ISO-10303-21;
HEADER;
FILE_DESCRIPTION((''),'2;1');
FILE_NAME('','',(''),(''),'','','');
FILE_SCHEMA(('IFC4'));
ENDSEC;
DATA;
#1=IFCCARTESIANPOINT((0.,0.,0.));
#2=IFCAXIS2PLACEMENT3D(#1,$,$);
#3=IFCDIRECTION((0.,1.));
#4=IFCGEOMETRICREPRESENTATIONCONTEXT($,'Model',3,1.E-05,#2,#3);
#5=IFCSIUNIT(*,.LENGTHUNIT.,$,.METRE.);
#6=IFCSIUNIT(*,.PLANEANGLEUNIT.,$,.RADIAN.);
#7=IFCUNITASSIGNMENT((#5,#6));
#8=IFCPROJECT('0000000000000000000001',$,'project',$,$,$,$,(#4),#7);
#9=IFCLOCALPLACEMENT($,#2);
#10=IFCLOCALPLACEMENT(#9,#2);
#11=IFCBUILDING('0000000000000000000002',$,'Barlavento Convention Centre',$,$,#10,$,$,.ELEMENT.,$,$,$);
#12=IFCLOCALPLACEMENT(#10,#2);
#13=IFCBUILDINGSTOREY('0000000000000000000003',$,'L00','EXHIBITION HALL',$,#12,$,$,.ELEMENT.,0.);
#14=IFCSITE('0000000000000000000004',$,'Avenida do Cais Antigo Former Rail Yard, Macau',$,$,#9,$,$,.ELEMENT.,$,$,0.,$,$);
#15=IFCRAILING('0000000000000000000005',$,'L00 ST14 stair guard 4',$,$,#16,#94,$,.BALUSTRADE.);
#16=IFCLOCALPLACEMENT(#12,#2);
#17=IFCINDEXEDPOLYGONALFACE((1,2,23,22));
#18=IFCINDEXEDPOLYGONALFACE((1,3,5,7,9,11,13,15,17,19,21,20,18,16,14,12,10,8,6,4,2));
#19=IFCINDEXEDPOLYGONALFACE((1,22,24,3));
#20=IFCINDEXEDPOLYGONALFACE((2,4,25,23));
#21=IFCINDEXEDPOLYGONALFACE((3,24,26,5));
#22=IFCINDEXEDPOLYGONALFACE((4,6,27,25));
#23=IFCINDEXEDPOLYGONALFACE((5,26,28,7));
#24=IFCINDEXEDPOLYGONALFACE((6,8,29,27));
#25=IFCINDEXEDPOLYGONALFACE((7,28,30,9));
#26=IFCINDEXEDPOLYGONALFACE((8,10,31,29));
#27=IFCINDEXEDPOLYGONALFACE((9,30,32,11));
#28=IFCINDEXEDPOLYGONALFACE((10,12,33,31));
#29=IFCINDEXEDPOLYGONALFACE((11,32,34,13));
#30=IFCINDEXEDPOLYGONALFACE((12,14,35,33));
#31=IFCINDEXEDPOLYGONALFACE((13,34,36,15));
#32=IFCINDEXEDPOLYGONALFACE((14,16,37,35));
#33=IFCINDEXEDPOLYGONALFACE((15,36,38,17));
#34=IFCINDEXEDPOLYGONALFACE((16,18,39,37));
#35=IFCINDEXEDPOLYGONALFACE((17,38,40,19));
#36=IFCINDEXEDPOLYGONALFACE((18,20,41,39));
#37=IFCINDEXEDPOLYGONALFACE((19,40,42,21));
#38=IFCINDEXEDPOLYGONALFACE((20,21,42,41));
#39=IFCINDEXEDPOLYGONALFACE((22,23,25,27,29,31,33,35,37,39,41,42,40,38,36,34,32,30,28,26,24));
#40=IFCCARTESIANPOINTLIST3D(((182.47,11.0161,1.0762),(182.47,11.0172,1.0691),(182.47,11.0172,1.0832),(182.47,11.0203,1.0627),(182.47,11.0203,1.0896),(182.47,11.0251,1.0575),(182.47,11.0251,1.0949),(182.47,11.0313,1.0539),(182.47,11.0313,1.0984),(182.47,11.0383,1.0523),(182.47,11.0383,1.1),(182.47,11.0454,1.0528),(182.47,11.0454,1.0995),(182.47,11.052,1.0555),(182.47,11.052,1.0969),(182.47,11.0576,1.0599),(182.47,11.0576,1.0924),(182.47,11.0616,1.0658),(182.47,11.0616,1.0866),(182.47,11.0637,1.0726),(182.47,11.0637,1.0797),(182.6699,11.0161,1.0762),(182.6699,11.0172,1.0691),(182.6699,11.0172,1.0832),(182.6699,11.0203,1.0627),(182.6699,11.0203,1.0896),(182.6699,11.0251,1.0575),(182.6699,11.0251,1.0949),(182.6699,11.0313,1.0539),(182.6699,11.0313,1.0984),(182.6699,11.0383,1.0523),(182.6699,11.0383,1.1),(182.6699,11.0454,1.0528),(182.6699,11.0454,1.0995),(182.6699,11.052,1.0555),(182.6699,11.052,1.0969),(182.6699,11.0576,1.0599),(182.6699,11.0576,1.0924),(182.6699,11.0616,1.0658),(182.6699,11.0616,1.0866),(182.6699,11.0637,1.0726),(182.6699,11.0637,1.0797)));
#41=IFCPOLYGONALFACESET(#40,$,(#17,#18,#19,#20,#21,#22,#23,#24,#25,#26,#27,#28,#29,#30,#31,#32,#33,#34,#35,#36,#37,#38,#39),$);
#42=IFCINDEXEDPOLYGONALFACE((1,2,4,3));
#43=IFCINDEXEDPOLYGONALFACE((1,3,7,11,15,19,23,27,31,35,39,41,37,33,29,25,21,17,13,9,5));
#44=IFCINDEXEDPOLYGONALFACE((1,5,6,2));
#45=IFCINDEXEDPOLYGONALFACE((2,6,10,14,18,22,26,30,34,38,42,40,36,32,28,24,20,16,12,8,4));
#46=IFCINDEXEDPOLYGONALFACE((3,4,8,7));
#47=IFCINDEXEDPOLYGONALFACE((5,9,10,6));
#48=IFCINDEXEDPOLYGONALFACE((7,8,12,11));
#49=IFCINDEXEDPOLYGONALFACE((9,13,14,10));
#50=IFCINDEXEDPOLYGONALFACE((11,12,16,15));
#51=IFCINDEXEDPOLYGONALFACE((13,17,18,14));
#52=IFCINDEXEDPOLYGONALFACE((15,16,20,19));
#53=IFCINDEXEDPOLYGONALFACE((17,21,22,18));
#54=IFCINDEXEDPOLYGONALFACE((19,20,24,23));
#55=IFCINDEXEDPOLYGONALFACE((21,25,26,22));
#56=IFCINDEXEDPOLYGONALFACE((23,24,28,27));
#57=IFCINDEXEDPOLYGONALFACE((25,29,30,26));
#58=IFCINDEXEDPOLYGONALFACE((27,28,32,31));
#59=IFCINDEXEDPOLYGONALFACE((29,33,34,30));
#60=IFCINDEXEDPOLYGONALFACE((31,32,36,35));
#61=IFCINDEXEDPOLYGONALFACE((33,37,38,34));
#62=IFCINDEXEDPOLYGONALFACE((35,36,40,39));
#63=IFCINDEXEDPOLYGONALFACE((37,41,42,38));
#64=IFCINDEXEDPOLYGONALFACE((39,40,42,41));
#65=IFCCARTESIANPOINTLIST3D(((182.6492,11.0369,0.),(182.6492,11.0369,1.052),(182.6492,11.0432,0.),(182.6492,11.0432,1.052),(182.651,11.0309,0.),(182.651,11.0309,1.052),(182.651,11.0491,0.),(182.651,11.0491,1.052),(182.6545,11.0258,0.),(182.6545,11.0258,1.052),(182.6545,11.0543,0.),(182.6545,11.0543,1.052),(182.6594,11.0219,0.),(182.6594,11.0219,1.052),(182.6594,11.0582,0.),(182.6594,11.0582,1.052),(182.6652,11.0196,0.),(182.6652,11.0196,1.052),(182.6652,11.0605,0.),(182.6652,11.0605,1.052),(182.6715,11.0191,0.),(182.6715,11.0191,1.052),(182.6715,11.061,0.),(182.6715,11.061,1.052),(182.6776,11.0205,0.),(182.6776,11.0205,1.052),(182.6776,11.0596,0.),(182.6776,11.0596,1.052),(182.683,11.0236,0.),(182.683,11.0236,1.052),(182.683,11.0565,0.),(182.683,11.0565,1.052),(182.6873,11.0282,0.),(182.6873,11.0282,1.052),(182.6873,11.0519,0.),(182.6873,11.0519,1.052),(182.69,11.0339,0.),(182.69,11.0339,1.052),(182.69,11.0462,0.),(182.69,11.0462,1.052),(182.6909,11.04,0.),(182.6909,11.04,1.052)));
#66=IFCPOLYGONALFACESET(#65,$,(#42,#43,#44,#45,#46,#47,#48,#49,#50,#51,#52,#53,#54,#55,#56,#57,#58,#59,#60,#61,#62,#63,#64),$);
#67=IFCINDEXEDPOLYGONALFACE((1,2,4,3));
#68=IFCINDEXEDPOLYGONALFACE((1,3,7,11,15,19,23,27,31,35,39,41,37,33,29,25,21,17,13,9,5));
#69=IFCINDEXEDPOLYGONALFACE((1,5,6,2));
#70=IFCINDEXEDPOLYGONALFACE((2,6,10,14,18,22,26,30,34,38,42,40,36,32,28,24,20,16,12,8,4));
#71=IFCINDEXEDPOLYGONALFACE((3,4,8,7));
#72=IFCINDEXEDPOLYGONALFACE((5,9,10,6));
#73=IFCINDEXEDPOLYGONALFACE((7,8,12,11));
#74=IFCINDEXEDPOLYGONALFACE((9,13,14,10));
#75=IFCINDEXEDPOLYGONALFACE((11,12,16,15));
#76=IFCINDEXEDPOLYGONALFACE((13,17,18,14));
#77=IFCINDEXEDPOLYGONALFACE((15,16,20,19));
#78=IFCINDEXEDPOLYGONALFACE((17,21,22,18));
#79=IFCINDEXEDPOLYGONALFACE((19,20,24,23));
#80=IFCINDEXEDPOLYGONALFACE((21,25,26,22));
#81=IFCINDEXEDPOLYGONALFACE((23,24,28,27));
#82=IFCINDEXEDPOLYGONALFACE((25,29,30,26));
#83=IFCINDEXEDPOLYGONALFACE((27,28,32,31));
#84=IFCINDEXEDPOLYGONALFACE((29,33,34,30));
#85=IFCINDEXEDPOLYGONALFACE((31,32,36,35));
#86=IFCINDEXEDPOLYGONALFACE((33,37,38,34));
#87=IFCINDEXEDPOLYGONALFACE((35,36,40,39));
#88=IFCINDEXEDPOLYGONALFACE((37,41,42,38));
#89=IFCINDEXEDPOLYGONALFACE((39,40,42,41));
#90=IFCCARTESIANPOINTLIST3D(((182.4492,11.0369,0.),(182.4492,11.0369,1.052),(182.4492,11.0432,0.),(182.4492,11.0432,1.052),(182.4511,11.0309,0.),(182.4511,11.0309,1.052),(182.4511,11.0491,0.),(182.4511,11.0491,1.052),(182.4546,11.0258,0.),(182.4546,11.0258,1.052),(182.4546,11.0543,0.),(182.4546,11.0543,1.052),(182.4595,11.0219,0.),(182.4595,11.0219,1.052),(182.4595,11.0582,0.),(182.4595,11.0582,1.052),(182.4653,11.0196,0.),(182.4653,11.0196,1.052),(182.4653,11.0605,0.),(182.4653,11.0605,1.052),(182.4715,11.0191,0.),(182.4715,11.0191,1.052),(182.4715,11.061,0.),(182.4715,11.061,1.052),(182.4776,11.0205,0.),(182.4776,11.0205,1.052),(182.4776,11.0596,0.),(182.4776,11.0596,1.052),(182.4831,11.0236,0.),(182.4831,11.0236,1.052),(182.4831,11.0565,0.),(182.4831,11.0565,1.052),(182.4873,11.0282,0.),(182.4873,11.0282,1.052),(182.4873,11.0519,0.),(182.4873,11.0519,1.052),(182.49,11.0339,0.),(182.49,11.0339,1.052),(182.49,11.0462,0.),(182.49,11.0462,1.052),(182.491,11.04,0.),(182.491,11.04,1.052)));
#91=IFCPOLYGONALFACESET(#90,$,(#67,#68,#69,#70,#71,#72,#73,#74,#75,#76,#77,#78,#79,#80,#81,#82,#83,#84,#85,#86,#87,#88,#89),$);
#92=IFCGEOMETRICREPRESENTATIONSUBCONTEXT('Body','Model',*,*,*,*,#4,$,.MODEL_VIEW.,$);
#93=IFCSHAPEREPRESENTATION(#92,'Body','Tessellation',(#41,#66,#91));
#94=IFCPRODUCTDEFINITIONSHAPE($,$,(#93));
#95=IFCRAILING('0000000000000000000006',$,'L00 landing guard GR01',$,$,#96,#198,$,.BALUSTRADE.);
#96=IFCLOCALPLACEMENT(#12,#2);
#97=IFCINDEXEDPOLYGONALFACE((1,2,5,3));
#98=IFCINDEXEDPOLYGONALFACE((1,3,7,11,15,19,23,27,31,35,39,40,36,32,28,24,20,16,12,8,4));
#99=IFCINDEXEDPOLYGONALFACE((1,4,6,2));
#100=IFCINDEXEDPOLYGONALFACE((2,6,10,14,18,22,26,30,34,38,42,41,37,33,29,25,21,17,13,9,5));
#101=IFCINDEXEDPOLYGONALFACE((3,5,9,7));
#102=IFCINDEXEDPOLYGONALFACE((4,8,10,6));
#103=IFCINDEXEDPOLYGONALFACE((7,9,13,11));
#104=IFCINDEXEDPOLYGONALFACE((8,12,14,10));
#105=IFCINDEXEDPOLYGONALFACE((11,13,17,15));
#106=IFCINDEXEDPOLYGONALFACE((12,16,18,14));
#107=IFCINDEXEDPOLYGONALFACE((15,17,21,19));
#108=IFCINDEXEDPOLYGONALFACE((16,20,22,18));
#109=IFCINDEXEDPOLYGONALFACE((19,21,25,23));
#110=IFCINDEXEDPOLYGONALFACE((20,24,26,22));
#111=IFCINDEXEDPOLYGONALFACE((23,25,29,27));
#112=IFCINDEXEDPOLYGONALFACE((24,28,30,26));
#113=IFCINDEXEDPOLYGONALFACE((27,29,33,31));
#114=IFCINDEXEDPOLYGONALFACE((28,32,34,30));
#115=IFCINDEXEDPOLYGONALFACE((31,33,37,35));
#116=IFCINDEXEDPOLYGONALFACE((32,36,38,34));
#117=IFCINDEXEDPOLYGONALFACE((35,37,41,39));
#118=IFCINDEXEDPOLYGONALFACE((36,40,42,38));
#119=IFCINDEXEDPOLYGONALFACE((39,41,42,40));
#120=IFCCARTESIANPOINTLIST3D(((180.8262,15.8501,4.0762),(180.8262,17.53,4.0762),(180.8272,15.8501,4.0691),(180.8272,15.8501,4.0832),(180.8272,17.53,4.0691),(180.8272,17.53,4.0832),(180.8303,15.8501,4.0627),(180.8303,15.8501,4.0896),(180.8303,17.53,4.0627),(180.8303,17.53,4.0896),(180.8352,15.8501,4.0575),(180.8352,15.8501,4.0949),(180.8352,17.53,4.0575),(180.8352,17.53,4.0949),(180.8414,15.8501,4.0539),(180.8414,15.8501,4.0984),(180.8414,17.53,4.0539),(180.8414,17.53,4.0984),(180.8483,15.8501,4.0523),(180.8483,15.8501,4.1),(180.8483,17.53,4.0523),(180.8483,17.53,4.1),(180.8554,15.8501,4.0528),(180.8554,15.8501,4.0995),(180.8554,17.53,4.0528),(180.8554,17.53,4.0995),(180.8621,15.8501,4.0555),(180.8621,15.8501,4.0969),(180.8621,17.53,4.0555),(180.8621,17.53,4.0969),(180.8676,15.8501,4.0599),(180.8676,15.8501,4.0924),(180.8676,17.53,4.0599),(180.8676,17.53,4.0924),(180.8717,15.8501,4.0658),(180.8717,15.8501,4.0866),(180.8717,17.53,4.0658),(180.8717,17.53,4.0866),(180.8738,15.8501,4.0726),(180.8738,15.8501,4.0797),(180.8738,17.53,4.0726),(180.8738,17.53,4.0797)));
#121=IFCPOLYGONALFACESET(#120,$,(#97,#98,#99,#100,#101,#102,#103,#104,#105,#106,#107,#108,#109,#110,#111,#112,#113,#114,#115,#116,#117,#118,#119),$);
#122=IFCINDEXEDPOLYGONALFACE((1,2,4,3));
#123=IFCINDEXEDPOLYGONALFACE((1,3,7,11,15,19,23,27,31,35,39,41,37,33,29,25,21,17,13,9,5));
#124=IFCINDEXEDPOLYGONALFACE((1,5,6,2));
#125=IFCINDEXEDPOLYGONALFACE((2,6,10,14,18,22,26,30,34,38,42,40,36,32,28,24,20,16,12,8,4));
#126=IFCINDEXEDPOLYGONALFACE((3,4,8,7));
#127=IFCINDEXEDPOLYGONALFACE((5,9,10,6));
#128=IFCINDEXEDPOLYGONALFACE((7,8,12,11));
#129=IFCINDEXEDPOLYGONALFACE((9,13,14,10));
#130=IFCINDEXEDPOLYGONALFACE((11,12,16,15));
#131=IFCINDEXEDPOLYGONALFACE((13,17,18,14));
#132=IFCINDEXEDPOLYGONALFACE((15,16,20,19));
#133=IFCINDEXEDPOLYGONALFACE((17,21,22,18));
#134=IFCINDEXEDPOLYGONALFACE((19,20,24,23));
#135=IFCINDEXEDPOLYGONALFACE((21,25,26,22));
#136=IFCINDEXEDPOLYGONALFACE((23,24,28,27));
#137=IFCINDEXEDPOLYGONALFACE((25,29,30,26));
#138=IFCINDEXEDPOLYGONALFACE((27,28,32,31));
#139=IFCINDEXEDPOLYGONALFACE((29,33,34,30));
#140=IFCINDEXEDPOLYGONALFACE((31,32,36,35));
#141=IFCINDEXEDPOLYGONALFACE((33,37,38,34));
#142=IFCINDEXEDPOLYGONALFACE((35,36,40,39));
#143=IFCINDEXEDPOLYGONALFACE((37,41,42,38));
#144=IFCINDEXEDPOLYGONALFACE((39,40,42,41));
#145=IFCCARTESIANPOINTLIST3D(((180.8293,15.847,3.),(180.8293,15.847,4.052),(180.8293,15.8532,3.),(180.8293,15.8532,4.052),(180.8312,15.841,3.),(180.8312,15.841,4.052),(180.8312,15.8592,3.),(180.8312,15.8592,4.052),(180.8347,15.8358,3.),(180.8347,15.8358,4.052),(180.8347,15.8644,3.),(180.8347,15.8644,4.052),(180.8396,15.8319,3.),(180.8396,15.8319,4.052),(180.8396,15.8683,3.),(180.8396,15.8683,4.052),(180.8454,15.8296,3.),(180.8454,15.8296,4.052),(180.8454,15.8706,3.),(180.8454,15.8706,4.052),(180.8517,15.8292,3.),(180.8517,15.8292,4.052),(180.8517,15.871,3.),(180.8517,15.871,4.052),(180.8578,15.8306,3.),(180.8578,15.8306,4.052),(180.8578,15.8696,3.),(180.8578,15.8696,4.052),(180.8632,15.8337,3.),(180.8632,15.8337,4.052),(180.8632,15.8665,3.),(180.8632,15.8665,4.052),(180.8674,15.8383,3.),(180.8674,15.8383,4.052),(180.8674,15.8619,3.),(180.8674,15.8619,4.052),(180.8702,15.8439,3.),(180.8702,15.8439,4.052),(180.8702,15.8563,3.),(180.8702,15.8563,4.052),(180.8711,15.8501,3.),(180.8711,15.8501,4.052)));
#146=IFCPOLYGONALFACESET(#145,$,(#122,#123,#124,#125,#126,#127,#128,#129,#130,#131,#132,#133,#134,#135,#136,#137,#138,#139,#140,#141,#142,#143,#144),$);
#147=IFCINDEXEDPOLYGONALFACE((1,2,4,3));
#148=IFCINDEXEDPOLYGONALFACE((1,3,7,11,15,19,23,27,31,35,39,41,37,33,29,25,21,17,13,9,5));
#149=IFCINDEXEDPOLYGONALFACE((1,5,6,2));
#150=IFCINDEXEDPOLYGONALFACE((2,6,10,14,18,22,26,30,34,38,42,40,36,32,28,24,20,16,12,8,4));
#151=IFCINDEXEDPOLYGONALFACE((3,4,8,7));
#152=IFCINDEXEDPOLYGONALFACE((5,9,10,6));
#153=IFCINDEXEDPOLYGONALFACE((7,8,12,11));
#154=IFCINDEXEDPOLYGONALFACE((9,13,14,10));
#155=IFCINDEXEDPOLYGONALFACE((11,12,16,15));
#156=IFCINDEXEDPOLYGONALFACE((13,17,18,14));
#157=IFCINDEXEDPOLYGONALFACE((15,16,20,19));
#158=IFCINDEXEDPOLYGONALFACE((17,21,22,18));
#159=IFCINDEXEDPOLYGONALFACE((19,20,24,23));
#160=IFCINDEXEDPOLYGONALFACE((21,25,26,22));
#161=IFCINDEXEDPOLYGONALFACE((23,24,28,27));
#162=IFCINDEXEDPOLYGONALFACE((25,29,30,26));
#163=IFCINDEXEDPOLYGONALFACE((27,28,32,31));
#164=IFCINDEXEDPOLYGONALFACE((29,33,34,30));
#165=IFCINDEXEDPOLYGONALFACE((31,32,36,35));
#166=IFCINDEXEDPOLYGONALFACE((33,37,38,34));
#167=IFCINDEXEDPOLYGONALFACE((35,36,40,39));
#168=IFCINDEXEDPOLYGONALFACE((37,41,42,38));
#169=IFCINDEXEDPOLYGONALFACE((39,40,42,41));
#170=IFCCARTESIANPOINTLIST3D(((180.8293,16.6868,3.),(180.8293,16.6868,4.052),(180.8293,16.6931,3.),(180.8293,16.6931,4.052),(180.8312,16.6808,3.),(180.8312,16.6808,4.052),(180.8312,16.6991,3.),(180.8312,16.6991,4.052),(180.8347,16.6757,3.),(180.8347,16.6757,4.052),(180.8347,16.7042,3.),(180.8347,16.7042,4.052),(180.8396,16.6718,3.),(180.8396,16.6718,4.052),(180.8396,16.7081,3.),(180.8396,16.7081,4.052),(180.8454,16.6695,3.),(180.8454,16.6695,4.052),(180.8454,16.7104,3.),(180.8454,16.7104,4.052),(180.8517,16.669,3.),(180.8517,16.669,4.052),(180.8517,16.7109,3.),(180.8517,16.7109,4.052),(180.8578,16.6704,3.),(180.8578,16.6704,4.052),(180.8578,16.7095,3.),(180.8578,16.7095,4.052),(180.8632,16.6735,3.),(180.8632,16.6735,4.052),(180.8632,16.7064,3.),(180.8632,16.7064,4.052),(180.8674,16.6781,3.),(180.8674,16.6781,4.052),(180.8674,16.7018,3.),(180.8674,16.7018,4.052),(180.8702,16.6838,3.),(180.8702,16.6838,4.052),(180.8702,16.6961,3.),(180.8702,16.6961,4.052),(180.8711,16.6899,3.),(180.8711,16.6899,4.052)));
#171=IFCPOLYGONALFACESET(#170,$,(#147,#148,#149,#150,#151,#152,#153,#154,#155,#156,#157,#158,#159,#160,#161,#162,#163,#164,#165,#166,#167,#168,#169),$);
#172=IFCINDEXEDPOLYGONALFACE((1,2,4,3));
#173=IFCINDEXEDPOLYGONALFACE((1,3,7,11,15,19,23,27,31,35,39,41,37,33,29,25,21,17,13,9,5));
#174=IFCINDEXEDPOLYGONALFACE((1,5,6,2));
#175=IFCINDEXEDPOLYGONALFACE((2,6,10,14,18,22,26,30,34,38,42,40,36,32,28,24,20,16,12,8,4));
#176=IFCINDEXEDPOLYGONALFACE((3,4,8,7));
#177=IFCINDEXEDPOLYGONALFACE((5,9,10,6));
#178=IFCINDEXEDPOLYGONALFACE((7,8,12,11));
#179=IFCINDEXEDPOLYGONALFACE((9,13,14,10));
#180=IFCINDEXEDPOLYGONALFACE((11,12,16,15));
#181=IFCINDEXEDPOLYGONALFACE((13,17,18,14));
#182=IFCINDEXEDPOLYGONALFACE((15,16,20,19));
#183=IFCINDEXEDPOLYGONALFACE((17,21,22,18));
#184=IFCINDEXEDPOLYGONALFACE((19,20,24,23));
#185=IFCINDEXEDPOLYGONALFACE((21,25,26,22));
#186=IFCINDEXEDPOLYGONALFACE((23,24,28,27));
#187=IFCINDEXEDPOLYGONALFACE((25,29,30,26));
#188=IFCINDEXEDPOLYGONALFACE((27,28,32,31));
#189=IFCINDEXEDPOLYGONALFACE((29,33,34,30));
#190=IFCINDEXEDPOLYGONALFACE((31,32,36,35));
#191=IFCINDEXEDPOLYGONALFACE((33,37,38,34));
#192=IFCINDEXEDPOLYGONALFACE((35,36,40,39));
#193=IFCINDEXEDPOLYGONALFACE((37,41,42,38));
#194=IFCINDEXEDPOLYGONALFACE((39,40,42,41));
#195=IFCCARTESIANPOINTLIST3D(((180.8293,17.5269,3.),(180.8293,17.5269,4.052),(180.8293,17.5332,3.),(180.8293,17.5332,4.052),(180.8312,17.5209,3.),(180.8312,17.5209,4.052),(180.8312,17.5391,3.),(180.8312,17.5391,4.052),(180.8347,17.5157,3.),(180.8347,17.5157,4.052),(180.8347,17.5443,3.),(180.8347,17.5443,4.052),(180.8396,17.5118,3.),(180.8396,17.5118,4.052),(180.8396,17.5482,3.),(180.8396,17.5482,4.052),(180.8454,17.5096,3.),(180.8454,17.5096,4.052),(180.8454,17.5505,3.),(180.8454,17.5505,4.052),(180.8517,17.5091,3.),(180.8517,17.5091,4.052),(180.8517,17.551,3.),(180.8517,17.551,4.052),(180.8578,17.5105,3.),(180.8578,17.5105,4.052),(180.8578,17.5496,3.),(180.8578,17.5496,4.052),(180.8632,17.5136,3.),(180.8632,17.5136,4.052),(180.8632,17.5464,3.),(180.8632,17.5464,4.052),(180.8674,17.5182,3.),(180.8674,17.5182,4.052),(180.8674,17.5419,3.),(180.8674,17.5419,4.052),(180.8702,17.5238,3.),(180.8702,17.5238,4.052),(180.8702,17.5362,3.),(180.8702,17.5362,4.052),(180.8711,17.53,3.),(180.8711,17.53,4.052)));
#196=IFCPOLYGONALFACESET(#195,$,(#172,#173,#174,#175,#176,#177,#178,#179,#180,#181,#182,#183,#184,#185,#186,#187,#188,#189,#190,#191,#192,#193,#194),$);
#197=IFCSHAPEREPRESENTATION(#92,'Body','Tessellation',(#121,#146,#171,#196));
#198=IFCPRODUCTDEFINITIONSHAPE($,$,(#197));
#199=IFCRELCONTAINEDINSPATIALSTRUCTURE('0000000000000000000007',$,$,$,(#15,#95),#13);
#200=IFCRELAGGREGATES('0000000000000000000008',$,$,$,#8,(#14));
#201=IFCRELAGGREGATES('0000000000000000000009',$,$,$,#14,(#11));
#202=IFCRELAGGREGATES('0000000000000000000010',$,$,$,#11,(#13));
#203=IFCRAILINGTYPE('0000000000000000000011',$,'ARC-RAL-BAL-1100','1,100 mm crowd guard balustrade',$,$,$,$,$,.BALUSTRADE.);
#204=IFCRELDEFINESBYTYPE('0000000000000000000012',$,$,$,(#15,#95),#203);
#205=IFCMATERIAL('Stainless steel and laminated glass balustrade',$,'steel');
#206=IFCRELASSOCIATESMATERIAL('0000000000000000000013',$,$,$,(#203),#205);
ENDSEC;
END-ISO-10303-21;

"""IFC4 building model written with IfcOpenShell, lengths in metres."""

from ifc_helpers import new_model, si_unit, direction, frame, origin, origin_2d, place, context, subcontext, project, spatial, circle, extrude, material, type_object, element, save


model = new_model("IFC4")

# Units and contexts
model_context = context("Model", 3, precision=1e-05, world=origin(), true_north=direction((0.0, 1.0)))
body_context = subcontext(model_context, "Body", "Model", "MODEL_VIEW")
ifc_project = project(units=[si_unit("LENGTHUNIT", "METRE"), si_unit("PLANEANGLEUNIT", "RADIAN")], contexts=[model_context])

# Site, building, storey
site_placement = place(None, origin())
site = spatial("IfcSite", under=ifc_project, at=site_placement, Name="Avenida do Cais Antigo Former Rail Yard, Macau", CompositionType="ELEMENT", RefElevation=0.0)
building_placement = place(site_placement, origin())
building = spatial("IfcBuilding", under=site, at=building_placement, Name="Barlavento Convention Centre", CompositionType="ELEMENT")
storey_placement = place(building_placement, origin())
storey = spatial("IfcBuildingStorey", under=building, at=storey_placement, Name="L00", Description="EXHIBITION HALL", CompositionType="ELEMENT", Elevation=0.0)

# Railings
ifc_material_1 = material(Name="Stainless steel and laminated glass balustrade", Category="steel")
railing_type_1 = type_object("IfcRailingType", Name="ARC-RAL-BAL-1100", Description="1,100 mm crowd guard balustrade", PredefinedType="BALUSTRADE", material=ifc_material_1)
railing_1_placement = place(storey_placement, frame((182.6699, 11.04, 0.0)))
element("IfcRailing", 1, at=railing_1_placement, inside=storey, type_object=railing_type_1, Name="L00 ST14 stair guard 4", PredefinedType="BALUSTRADE", context=body_context, shape_type="SweptSolid", body=[
    extrude(circle(Radius=0.0239, at=origin_2d()), frame((0.0, 0.0, 1.0762), z_axis=(-1.0, 0.0, 0.0), x_axis=(0.0, -1.0, 0.0)), (0.0, 0.0, 1.0), 0.2),
    extrude(circle(Radius=0.021, at=origin_2d()), origin(), (0.0, 0.0, 1.0), 1.052),
    extrude(circle(Radius=0.021, at=origin_2d()), frame((-0.2, 0.0, 0.0)), (0.0, 0.0, 1.0), 1.052),
])
railing_2_placement = place(storey_placement, frame((180.8501, 15.8501, 3.0)))
element("IfcRailing", 2, at=railing_2_placement, inside=storey, type_object=railing_type_1, Name="L00 landing guard GR01", PredefinedType="BALUSTRADE", context=body_context, shape_type="SweptSolid", body=[
    extrude(circle(Radius=0.0239, at=origin_2d()), frame((0.0, 0.0, 1.0762), z_axis=(0.0, 1.0, 0.0), x_axis=(-1.0, 0.0, 0.0)), (0.0, 0.0, 1.0), 1.6799),
    extrude(circle(Radius=0.021, at=origin_2d()), origin(), (0.0, 0.0, 1.0), 1.052),
    extrude(circle(Radius=0.021, at=origin_2d()), frame((0.0, 0.8398, 0.0)), (0.0, 0.0, 1.0), 1.052),
    extrude(circle(Radius=0.021, at=origin_2d()), frame((0.0, 1.6799, 0.0)), (0.0, 0.0, 1.0), 1.052),
])

save(model, "model.ifc")
